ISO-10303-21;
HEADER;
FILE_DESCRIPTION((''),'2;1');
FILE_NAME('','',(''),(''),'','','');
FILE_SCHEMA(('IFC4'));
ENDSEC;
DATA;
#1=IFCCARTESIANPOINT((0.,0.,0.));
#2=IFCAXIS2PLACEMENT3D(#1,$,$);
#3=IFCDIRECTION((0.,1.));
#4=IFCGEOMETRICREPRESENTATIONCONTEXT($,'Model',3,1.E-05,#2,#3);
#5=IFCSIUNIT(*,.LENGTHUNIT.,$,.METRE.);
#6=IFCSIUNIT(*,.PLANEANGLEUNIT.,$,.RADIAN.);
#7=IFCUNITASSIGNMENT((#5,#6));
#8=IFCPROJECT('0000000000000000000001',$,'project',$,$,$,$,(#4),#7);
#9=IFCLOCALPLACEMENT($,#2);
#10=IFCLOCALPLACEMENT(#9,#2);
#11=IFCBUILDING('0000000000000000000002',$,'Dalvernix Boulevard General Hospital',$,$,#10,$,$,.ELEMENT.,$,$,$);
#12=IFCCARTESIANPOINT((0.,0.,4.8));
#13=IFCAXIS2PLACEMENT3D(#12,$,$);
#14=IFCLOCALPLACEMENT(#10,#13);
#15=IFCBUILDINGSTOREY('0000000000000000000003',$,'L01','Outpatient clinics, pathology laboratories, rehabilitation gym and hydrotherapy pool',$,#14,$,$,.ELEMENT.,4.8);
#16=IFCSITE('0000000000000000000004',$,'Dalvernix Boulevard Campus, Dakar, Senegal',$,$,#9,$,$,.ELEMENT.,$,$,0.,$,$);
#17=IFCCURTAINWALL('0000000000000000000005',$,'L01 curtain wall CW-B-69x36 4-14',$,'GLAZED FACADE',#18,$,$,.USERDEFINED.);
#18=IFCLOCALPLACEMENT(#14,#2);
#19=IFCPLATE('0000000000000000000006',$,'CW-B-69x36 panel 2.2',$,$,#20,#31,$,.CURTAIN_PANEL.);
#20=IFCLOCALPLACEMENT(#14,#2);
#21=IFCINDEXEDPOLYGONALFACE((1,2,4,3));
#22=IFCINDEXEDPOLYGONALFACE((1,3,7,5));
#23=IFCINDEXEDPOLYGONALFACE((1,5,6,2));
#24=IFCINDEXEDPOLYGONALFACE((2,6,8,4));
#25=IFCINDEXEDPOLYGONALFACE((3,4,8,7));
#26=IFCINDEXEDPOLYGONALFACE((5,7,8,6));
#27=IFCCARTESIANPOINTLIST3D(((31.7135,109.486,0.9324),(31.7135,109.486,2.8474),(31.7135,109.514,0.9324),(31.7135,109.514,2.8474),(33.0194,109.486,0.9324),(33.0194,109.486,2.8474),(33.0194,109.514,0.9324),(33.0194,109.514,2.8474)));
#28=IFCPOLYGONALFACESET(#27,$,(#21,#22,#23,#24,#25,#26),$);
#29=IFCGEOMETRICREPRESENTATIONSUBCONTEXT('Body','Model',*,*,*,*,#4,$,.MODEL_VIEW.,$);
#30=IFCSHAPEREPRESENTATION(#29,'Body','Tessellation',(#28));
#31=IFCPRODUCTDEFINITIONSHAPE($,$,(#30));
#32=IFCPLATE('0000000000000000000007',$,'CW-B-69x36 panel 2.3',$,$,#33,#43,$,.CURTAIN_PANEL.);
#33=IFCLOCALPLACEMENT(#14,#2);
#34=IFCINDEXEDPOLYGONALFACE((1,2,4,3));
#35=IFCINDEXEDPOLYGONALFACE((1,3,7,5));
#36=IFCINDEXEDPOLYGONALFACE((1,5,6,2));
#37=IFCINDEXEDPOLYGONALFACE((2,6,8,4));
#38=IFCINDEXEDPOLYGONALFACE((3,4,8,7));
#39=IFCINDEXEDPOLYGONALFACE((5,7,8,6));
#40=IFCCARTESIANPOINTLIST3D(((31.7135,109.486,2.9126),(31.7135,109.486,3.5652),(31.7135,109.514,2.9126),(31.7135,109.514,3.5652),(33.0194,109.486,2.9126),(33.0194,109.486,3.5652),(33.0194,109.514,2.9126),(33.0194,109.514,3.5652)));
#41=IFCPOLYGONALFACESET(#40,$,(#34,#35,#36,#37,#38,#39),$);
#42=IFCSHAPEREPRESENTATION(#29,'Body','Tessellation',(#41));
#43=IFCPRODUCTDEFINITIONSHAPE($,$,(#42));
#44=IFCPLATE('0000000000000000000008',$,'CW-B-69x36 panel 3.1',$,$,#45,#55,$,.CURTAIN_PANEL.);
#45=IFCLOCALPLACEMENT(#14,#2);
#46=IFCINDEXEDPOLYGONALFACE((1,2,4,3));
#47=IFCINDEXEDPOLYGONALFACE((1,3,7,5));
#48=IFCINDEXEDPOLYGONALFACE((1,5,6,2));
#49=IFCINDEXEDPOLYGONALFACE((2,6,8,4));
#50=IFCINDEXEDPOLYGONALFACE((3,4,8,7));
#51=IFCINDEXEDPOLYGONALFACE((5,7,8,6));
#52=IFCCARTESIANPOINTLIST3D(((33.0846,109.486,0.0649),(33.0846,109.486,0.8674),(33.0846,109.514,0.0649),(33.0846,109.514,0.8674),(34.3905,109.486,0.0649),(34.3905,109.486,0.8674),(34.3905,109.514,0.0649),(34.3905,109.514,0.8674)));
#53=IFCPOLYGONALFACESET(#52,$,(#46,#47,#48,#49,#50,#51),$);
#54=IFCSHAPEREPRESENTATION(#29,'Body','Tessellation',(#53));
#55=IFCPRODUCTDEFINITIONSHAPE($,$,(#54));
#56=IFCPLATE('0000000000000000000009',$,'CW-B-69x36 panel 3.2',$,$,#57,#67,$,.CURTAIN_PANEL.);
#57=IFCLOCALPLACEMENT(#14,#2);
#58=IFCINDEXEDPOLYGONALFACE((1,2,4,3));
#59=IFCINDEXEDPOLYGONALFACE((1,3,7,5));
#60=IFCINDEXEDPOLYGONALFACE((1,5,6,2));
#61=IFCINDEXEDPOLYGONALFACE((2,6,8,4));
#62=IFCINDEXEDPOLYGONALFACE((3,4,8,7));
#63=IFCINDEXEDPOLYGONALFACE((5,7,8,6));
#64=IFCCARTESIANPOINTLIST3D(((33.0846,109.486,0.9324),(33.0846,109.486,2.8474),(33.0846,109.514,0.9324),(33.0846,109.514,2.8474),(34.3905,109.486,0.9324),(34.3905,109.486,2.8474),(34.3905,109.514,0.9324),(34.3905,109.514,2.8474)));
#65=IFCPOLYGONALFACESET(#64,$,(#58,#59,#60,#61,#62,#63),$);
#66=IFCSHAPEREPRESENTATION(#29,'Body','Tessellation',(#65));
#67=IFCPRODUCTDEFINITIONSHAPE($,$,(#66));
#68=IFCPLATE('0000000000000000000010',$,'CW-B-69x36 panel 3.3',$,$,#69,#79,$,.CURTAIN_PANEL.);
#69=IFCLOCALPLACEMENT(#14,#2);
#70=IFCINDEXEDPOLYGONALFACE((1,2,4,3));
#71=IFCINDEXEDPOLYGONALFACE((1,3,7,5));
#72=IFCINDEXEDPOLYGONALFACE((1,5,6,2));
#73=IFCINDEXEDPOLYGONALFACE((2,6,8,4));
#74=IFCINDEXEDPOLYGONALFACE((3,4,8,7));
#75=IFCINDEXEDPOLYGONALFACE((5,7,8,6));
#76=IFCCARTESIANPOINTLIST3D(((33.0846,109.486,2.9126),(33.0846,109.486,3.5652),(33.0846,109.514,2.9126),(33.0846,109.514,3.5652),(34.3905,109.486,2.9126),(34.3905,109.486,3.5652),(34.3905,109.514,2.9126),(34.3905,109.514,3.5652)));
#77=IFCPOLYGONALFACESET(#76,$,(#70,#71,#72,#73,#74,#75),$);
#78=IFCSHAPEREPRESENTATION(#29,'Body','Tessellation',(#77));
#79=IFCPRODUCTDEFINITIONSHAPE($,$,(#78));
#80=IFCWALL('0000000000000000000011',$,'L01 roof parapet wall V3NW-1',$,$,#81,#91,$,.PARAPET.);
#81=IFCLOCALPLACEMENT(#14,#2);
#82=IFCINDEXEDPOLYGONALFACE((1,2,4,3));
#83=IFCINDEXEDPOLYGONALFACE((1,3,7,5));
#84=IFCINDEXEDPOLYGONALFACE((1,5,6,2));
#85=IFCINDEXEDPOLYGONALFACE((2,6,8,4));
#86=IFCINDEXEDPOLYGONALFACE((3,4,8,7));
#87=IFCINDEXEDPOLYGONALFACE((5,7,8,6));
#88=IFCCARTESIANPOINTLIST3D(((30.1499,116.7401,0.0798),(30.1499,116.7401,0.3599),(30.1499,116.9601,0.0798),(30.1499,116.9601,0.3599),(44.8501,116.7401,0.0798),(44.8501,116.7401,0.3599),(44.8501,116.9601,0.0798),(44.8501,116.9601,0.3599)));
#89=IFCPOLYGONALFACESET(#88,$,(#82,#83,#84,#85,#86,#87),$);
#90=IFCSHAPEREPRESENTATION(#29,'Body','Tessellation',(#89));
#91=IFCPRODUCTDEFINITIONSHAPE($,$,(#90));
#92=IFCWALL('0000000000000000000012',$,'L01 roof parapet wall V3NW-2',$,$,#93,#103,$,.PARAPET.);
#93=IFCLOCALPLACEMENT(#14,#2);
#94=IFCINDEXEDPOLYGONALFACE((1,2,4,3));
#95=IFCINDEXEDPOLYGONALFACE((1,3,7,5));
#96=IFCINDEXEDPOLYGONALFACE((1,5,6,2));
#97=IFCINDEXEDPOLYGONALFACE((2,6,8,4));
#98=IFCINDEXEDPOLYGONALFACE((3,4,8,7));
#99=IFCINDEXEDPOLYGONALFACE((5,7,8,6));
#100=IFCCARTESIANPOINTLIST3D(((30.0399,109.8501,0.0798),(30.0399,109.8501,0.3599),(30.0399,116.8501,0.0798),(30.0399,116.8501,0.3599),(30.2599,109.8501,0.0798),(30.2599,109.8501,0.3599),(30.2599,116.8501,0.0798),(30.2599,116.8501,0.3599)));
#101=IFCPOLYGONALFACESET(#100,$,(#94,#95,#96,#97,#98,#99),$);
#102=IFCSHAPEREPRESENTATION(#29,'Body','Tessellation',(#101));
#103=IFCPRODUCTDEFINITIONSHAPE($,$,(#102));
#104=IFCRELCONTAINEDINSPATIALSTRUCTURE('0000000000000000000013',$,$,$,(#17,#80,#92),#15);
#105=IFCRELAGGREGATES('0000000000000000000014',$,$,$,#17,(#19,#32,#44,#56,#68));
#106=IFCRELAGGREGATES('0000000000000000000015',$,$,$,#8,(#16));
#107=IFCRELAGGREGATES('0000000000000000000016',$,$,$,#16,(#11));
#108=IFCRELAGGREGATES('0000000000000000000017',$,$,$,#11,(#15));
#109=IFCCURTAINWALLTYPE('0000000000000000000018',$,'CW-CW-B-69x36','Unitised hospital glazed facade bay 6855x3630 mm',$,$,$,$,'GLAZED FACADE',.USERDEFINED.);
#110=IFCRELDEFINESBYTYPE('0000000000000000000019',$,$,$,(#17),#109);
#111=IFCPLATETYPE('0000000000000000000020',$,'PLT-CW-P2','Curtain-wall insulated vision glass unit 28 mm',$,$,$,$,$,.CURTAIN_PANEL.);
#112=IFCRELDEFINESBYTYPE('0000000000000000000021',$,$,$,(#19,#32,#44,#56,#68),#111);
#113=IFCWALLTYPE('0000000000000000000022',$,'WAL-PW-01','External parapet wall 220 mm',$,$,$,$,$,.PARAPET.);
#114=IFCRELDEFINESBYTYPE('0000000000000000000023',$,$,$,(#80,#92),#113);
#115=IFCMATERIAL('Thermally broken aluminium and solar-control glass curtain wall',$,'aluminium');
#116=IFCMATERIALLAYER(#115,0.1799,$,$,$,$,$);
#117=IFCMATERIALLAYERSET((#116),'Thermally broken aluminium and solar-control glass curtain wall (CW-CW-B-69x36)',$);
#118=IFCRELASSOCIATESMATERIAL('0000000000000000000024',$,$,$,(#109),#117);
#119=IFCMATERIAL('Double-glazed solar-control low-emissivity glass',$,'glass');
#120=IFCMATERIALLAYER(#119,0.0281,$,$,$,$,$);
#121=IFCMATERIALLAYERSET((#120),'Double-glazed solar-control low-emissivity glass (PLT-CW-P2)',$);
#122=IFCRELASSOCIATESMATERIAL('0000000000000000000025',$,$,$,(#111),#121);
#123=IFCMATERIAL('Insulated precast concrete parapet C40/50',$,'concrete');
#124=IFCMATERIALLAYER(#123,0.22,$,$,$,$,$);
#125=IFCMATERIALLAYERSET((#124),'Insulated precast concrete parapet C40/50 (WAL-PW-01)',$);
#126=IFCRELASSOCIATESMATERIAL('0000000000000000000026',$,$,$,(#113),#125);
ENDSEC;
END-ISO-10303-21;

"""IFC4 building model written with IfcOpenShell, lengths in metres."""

from ifc_helpers import new_model, si_unit, direction, frame, frame_2d, origin, origin_2d, place, context, subcontext, project, spatial, rectangle, extrude, material, layer, layer_set, type_object, element, aggregate, save


model = new_model("IFC4")

# Units and contexts
model_context = context("Model", 3, precision=1e-05, world=origin(), true_north=direction((0.0, 1.0)))
body_context = subcontext(model_context, "Body", "Model", "MODEL_VIEW")
ifc_project = project(units=[si_unit("LENGTHUNIT", "METRE"), si_unit("PLANEANGLEUNIT", "RADIAN")], contexts=[model_context])

# Site, building, storey
site_placement = place(None, origin())
site = spatial("IfcSite", under=ifc_project, at=site_placement, Name="Dalvernix Boulevard Campus, Dakar, Senegal", CompositionType="ELEMENT", RefElevation=0.0)
building_placement = place(site_placement, origin())
building = spatial("IfcBuilding", under=site, at=building_placement, Name="Dalvernix Boulevard General Hospital", CompositionType="ELEMENT")
storey_placement = place(building_placement, frame((0.0, 0.0, 4.8)))
storey = spatial("IfcBuildingStorey", under=building, at=storey_placement, Name="L01", Description="Outpatient clinics, pathology laboratories, rehabilitation gym and hydrotherapy pool", CompositionType="ELEMENT", Elevation=4.8)

# Curtain wall, plates
ifc_material_1 = material(Name="Thermally broken aluminium and solar-control glass curtain wall", Category="aluminium")
ifc_layer_1 = layer(ifc_material_1, 0.1799)
ifc_layer_set_1 = layer_set([ifc_layer_1], Name="Thermally broken aluminium and solar-control glass curtain wall (CW-CW-B-69x36)")
curtain_wall_type = type_object("IfcCurtainWallType", Name="CW-CW-B-69x36", Description="Unitised hospital glazed facade bay 6855x3630 mm", ElementType="GLAZED FACADE", PredefinedType="USERDEFINED", material=ifc_layer_set_1)
curtain_wall_placement = place(storey_placement, origin())
curtain_wall = element("IfcCurtainWall", 1, at=curtain_wall_placement, inside=storey, type_object=curtain_wall_type, Name="L01 curtain wall CW-B-69x36 4-14", ObjectType="GLAZED FACADE", PredefinedType="USERDEFINED")
ifc_material_2 = material(Name="Double-glazed solar-control low-emissivity glass", Category="glass")
ifc_layer_2 = layer(ifc_material_2, 0.0281)
ifc_layer_set_2 = layer_set([ifc_layer_2], Name="Double-glazed solar-control low-emissivity glass (PLT-CW-P2)")
plate_type = type_object("IfcPlateType", Name="PLT-CW-P2", Description="Curtain-wall insulated vision glass unit 28 mm", PredefinedType="CURTAIN_PANEL", material=ifc_layer_set_2)
plate_1_placement = place(storey_placement, frame((32.3665, 109.5, 0.9324), z_axis=(0.0, 0.0, 1.0), x_axis=(1.0, 0.0, 0.0)))
plate_1 = element("IfcPlate", 2, at=plate_1_placement, type_object=plate_type, Name="CW-B-69x36 panel 2.2", PredefinedType="CURTAIN_PANEL", context=body_context, shape_type="SweptSolid", body=[
    extrude(rectangle(XDim=1.3059, YDim=0.0281, at=origin_2d()), origin(), (0.0, 0.0, 1.0), 1.915),
])
plate_2_placement = place(storey_placement, frame((32.3665, 109.5, 2.9126), z_axis=(0.0, 0.0, 1.0), x_axis=(1.0, 0.0, 0.0)))
plate_2 = element("IfcPlate", 3, at=plate_2_placement, type_object=plate_type, Name="CW-B-69x36 panel 2.3", PredefinedType="CURTAIN_PANEL", context=body_context, shape_type="SweptSolid", body=[
    extrude(rectangle(XDim=1.3059, YDim=0.0281, at=origin_2d()), origin(), (0.0, 0.0, 1.0), 0.6526),
])
plate_3_placement = place(storey_placement, frame((33.7375, 109.5, 0.0649), z_axis=(0.0, 0.0, 1.0), x_axis=(1.0, 0.0, 0.0)))
plate_3 = element("IfcPlate", 4, at=plate_3_placement, type_object=plate_type, Name="CW-B-69x36 panel 3.1", PredefinedType="CURTAIN_PANEL", context=body_context, shape_type="SweptSolid", body=[
    extrude(rectangle(XDim=1.3059, YDim=0.0281, at=origin_2d()), origin(), (0.0, 0.0, 1.0), 0.8025),
])
plate_4_placement = place(storey_placement, frame((33.7375, 109.5, 0.9324), z_axis=(0.0, 0.0, 1.0), x_axis=(1.0, 0.0, 0.0)))
plate_4 = element("IfcPlate", 5, at=plate_4_placement, type_object=plate_type, Name="CW-B-69x36 panel 3.2", PredefinedType="CURTAIN_PANEL", context=body_context, shape_type="SweptSolid", body=[
    extrude(rectangle(XDim=1.3059, YDim=0.0281, at=origin_2d()), origin(), (0.0, 0.0, 1.0), 1.915),
])
plate_5_placement = place(storey_placement, frame((33.7375, 109.5, 2.9126), z_axis=(0.0, 0.0, 1.0), x_axis=(1.0, 0.0, 0.0)))
plate_5 = element("IfcPlate", 6, at=plate_5_placement, type_object=plate_type, Name="CW-B-69x36 panel 3.3", PredefinedType="CURTAIN_PANEL", context=body_context, shape_type="SweptSolid", body=[
    extrude(rectangle(XDim=1.3059, YDim=0.0281, at=origin_2d()), origin(), (0.0, 0.0, 1.0), 0.6526),
])
aggregate(curtain_wall, [plate_1, plate_2, plate_3, plate_4, plate_5])

# Walls
ifc_material_3 = material(Name="Insulated precast concrete parapet C40/50", Category="concrete")
ifc_layer_3 = layer(ifc_material_3, 0.22)
ifc_layer_set_3 = layer_set([ifc_layer_3], Name="Insulated precast concrete parapet C40/50 (WAL-PW-01)")
wall_type = type_object("IfcWallType", Name="WAL-PW-01", Description="External parapet wall 220 mm", PredefinedType="PARAPET", material=ifc_layer_set_3)
wall_1_placement = place(storey_placement, frame((30.1499, 116.8501, 0.0798), z_axis=(0.0, 0.0, 1.0), x_axis=(1.0, 0.0, 0.0)))
element("IfcWall", 7, at=wall_1_placement, inside=storey, type_object=wall_type, Name="L01 roof parapet wall V3NW-1", PredefinedType="PARAPET", context=body_context, shape_type="SweptSolid", body=[
    extrude(rectangle(XDim=14.7002, YDim=0.22, at=frame_2d((7.3501, 0.0))), origin(), (0.0, 0.0, 1.0), 0.28),
])
wall_2_placement = place(storey_placement, frame((30.1499, 109.8501, 0.0798), z_axis=(0.0, 0.0, 1.0), x_axis=(0.0, 1.0, 0.0)))
element("IfcWall", 8, at=wall_2_placement, inside=storey, type_object=wall_type, Name="L01 roof parapet wall V3NW-2", PredefinedType="PARAPET", context=body_context, shape_type="SweptSolid", body=[
    extrude(rectangle(XDim=7.0, YDim=0.22, at=frame_2d((3.5, 0.0))), origin(), (0.0, 0.0, 1.0), 0.28),
])

save(model, "model.ifc")
